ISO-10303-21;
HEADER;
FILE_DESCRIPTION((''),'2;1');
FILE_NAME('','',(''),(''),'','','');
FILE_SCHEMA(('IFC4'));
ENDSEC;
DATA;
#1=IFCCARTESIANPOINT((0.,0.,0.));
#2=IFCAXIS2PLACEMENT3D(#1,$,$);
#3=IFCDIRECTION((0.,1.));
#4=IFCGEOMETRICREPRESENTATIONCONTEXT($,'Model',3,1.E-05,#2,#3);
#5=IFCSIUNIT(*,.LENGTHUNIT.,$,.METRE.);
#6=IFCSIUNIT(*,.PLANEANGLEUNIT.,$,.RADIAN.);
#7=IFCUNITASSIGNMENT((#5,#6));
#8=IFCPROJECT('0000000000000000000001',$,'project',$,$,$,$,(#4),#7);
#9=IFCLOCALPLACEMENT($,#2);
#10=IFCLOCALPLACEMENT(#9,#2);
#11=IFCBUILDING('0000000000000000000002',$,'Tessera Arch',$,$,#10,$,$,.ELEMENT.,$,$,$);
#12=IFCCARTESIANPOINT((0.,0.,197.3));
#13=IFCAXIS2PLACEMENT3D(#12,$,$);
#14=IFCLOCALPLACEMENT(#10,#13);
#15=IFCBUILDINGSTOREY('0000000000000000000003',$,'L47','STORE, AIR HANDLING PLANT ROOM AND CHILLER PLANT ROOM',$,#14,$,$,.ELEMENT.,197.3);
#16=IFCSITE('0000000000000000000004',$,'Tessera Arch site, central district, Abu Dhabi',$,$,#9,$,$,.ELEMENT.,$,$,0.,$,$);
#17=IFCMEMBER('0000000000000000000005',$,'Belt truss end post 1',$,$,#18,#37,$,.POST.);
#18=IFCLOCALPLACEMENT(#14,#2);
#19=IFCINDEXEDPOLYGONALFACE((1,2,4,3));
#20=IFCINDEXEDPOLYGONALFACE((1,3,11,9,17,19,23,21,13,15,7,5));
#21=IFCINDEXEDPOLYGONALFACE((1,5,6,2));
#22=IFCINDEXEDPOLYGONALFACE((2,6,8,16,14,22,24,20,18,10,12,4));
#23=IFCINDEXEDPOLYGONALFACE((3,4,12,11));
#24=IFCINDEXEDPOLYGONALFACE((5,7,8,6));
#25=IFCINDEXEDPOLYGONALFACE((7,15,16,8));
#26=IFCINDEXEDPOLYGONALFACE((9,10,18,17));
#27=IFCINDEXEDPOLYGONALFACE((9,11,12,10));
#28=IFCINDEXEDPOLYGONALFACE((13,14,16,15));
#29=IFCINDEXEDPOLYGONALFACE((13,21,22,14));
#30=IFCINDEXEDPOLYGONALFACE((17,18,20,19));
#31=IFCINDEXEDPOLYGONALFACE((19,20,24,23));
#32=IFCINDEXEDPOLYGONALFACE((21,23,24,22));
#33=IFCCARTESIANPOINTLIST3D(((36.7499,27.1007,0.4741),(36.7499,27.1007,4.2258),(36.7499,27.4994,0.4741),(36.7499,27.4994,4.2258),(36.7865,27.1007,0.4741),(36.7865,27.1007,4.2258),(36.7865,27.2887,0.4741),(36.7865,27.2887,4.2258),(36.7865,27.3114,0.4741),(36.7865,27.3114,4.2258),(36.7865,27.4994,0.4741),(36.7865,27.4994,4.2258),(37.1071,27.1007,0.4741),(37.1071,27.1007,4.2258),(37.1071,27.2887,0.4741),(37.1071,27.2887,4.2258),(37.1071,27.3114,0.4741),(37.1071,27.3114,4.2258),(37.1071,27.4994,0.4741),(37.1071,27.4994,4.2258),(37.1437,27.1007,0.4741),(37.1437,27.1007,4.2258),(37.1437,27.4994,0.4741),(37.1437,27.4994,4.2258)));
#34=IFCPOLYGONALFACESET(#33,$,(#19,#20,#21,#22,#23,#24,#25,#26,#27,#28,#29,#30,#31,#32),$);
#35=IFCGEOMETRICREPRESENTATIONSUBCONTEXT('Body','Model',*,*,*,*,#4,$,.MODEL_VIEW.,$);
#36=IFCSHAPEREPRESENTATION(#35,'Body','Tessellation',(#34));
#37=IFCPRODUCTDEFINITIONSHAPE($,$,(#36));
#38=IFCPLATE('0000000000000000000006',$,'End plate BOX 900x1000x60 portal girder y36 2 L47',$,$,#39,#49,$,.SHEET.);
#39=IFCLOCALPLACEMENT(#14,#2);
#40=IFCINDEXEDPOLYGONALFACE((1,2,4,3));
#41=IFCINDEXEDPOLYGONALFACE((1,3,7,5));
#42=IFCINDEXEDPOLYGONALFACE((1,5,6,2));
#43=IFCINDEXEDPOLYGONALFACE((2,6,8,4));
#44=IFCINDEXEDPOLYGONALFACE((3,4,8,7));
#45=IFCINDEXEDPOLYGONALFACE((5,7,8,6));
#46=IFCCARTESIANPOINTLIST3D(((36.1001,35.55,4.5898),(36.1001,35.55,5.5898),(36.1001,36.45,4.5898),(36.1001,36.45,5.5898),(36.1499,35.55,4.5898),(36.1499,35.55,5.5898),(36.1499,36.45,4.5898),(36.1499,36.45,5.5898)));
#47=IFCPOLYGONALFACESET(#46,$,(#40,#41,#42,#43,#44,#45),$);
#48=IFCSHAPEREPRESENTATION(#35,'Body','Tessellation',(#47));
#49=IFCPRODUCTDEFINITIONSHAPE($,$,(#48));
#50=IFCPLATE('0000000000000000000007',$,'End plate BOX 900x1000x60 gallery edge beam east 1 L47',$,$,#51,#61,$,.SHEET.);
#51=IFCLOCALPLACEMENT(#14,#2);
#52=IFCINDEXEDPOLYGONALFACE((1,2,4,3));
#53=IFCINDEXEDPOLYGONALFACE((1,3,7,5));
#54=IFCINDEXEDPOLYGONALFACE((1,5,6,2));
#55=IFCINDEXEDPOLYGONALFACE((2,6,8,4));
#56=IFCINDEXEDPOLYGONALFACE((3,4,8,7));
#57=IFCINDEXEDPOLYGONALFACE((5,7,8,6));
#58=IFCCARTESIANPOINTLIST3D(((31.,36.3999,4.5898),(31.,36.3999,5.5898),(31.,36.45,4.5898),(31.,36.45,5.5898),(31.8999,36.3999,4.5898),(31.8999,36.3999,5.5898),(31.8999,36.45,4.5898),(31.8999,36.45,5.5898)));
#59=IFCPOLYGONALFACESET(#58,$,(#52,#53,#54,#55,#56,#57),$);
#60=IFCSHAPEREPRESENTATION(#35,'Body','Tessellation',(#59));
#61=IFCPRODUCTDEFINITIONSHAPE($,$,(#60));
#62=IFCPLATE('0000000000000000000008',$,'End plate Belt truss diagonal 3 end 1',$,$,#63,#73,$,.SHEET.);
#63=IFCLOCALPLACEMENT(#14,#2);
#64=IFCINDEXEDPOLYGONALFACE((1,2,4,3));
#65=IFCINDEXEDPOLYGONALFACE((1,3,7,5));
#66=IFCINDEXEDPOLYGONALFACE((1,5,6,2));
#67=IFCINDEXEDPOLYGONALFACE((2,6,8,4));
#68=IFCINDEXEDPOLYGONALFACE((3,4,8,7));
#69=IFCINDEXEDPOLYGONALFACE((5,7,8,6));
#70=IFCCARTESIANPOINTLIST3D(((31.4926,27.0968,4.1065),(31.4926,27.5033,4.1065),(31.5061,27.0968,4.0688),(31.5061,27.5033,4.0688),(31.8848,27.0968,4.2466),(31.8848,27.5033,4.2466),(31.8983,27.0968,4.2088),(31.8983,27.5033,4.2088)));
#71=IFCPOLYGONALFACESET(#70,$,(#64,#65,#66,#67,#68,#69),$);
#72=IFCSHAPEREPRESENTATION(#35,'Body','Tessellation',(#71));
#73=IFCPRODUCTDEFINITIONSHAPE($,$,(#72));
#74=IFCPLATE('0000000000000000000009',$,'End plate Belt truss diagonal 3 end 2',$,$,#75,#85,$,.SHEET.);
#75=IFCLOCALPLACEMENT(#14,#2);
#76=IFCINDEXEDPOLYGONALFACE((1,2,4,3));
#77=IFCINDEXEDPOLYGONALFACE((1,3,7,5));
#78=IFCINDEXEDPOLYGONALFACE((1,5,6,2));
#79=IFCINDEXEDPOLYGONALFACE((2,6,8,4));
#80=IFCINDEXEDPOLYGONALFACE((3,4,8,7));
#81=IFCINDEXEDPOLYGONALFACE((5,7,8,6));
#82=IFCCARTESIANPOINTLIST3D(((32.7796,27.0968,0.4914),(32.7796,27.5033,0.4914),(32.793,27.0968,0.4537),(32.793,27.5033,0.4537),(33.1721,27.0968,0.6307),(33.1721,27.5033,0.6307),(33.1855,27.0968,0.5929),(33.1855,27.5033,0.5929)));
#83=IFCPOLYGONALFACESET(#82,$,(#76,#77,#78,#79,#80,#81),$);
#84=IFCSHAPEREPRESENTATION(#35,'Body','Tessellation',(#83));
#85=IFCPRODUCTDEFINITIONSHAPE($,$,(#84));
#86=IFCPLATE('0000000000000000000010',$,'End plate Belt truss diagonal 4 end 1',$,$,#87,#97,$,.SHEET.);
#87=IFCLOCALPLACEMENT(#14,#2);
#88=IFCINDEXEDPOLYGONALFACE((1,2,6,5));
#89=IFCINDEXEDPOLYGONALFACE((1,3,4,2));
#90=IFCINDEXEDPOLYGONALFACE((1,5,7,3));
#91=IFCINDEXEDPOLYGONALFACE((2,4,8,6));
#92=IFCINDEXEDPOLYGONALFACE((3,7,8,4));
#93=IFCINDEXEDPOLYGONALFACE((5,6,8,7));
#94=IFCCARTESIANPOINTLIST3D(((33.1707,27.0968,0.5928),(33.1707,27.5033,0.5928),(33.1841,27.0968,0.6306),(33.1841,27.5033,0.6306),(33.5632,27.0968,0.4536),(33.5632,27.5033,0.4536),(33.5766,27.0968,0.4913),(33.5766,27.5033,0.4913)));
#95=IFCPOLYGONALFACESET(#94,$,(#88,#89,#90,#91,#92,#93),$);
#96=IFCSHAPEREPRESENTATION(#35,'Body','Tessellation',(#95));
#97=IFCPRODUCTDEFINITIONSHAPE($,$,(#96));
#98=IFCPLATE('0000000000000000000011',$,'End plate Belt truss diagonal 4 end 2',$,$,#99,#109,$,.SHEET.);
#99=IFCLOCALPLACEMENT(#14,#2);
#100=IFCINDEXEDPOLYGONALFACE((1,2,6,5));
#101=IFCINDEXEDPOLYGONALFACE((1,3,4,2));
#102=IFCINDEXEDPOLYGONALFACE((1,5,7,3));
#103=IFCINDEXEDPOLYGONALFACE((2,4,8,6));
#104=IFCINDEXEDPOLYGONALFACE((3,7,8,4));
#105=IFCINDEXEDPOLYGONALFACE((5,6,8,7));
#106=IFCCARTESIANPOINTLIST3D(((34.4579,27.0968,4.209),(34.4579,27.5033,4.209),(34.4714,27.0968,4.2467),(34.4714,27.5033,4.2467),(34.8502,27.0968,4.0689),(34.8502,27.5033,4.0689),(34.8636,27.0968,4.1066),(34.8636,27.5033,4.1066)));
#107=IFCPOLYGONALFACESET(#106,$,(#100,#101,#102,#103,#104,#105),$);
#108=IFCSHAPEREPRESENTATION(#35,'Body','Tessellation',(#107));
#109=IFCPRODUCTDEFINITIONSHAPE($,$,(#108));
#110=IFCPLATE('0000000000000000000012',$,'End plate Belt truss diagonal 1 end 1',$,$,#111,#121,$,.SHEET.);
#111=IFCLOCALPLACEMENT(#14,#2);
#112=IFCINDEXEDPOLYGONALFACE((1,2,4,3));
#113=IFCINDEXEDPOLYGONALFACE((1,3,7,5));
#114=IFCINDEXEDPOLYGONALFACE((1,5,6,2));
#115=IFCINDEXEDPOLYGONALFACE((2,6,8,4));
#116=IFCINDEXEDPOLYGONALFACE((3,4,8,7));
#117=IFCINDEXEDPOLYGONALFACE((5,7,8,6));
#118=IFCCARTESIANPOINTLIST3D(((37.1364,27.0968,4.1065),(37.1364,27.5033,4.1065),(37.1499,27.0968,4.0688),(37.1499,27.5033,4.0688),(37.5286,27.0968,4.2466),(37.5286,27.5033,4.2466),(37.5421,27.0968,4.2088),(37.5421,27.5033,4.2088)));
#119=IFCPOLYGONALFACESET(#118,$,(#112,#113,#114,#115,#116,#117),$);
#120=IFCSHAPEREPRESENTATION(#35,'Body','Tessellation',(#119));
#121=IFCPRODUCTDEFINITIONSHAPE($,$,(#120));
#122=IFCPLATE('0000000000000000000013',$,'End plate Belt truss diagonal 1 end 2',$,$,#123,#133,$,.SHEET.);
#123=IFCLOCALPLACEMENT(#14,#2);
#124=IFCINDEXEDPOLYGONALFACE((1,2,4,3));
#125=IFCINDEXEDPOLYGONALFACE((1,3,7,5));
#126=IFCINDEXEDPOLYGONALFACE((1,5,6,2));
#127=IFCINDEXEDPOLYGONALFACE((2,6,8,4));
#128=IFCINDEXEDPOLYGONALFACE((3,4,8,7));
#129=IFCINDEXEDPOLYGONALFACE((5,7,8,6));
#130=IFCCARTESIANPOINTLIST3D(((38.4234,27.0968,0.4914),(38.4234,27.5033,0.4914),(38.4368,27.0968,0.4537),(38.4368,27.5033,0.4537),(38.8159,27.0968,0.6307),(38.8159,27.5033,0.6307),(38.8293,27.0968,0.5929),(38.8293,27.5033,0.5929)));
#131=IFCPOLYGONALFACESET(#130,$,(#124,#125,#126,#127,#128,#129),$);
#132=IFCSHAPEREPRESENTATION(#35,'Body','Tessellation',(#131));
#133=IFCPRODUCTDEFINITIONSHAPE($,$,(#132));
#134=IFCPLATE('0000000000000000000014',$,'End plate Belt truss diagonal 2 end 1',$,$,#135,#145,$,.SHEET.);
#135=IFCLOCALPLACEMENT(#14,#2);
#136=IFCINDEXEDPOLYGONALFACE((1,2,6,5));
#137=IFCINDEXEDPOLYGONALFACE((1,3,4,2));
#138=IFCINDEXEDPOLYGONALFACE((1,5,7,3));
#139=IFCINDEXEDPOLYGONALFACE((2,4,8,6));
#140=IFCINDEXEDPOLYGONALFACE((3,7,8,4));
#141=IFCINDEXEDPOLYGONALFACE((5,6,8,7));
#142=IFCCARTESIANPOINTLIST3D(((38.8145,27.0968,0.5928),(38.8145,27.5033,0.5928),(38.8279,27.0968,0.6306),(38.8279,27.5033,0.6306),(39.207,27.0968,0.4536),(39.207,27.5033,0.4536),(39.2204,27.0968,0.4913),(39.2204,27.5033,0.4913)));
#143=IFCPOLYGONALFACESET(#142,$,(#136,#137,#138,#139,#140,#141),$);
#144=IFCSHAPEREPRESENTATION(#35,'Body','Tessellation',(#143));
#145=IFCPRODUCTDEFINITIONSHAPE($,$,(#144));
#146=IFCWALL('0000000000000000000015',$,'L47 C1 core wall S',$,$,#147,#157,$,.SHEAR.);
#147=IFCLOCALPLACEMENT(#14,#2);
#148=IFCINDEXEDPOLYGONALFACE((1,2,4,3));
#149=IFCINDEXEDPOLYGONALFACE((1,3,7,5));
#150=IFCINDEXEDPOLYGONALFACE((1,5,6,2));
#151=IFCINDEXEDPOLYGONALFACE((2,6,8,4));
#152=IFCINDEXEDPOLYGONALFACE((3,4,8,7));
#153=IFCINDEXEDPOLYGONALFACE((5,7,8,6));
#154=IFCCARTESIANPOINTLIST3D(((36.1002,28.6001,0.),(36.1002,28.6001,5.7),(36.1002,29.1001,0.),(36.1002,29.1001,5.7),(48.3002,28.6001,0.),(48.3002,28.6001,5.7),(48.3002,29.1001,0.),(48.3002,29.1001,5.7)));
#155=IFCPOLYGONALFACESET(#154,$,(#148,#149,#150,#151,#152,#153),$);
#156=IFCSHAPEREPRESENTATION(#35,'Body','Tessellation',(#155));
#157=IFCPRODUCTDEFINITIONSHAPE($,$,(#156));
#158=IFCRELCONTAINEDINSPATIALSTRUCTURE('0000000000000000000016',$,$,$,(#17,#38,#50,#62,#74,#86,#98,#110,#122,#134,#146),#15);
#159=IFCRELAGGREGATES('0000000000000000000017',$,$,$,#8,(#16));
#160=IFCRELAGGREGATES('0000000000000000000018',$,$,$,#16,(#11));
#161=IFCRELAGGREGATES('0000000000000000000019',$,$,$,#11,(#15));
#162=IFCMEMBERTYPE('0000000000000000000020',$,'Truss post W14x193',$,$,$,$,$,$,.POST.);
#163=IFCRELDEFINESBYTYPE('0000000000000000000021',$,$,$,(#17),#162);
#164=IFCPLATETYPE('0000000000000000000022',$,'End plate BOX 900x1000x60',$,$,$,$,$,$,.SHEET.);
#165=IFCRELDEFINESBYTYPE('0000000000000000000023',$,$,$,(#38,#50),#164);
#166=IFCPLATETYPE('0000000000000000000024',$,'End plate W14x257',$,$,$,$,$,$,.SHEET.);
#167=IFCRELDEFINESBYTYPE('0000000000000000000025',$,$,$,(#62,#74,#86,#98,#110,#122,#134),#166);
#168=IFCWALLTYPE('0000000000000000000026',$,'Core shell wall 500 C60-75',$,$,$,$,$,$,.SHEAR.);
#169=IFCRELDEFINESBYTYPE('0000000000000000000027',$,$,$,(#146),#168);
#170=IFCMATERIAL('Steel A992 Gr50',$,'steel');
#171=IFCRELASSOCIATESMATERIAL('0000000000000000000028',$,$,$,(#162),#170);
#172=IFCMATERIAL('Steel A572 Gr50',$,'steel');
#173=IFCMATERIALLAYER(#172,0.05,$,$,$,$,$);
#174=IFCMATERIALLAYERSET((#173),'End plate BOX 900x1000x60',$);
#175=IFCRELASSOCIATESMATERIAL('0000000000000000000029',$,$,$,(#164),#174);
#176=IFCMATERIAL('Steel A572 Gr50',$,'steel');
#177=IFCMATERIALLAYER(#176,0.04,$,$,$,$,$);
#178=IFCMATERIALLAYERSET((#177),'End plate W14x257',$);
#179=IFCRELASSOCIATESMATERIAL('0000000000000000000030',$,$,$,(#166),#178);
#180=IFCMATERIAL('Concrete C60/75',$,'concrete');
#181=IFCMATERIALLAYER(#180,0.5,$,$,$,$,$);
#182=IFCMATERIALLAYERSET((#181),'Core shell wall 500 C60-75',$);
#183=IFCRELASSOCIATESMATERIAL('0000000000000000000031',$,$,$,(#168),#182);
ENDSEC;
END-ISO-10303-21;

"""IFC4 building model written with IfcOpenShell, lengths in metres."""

from ifc_helpers import new_model, si_unit, direction, frame, frame_2d, origin, origin_2d, place, context, subcontext, project, spatial, rectangle, i_section, extrude, material, layer, layer_set, material_profile, profile_set, type_object, element, save


model = new_model("IFC4")

# Units and contexts
model_context = context("Model", 3, precision=1e-05, world=origin(), true_north=direction((0.0, 1.0)))
body_context = subcontext(model_context, "Body", "Model", "MODEL_VIEW")
ifc_project = project(units=[si_unit("LENGTHUNIT", "METRE"), si_unit("PLANEANGLEUNIT", "RADIAN")], contexts=[model_context])

# Site, building, storey
site_placement = place(None, origin())
site = spatial("IfcSite", under=ifc_project, at=site_placement, Name="Tessera Arch site, central district, Abu Dhabi", CompositionType="ELEMENT", RefElevation=0.0)
building_placement = place(site_placement, origin())
building = spatial("IfcBuilding", under=site, at=building_placement, Name="Tessera Arch", CompositionType="ELEMENT")
storey_placement = place(building_placement, frame((0.0, 0.0, 197.3)))
storey = spatial("IfcBuildingStorey", under=building, at=storey_placement, Name="L47", Description="STORE, AIR HANDLING PLANT ROOM AND CHILLER PLANT ROOM", CompositionType="ELEMENT", Elevation=197.3)

# Member
ifc_material_1 = material(Name="Steel A992 Gr50", Category="steel")
ifc_material_profile_1 = material_profile(ifc_material_1, i_section(OverallWidth=0.3987, OverallDepth=0.3938, WebThickness=0.0227, FlangeThickness=0.0366, at=origin_2d()), Name="W14x193")
ifc_profile_set_1 = profile_set([ifc_material_profile_1], Name="Steel A992 Gr50")
member_type_1 = type_object("IfcMemberType", Name="Truss post W14x193", PredefinedType="POST", material=ifc_profile_set_1)
for number, where, z_axis, x_axis, name in (
    (1, (36.9468, 27.3, 0.4741), (0.0, 0.0, 1.0), (0.0, 1.0, 0.0), "Belt truss end post 1"),
):
    element("IfcMember", number, at=place(storey_placement, frame(where, z_axis=z_axis, x_axis=x_axis)), inside=storey, type_object=member_type_1, Name=name, PredefinedType="POST", context=body_context, shape_type="SweptSolid", body=[
        extrude(i_section(OverallWidth=0.3987, OverallDepth=0.3938, WebThickness=0.0227, FlangeThickness=0.0366, at=origin_2d()), origin(), (0.0, 0.0, 1.0), 3.7517),
    ])

# Plates
ifc_material_2 = material(Name="Steel A572 Gr50", Category="steel")
ifc_layer_1 = layer(ifc_material_2, 0.05)
ifc_layer_set_1 = layer_set([ifc_layer_1], Name="End plate BOX 900x1000x60")
plate_type_1 = type_object("IfcPlateType", Name="End plate BOX 900x1000x60", PredefinedType="SHEET", material=ifc_layer_set_1)
plate_1_placement = place(storey_placement, frame((36.1001, 36.0, 5.0898), z_axis=(1.0, 0.0, 0.0), x_axis=(0.0, 1.0, 0.0)))
element("IfcPlate", 2, at=plate_1_placement, inside=storey, type_object=plate_type_1, Name="End plate BOX 900x1000x60 portal girder y36 2 L47", PredefinedType="SHEET", context=body_context, shape_type="SweptSolid", body=[
    extrude(rectangle(XDim=0.8999, YDim=1.0, at=origin_2d()), origin(), (0.0, 0.0, 1.0), 0.0498),
])
plate_2_placement = place(storey_placement, frame((31.45, 36.3999, 5.0898), z_axis=(0.0, 1.0, 0.0), x_axis=(-1.0, 0.0, 0.0)))
element("IfcPlate", 3, at=plate_2_placement, inside=storey, type_object=plate_type_1, Name="End plate BOX 900x1000x60 gallery edge beam east 1 L47", PredefinedType="SHEET", context=body_context, shape_type="SweptSolid", body=[
    extrude(rectangle(XDim=0.8999, YDim=1.0, at=origin_2d()), origin(), (0.0, 0.0, 1.0), 0.05),
])
ifc_material_3 = material(Name="Steel A572 Gr50", Category="steel")
ifc_layer_2 = layer(ifc_material_3, 0.04)
ifc_layer_set_2 = layer_set([ifc_layer_2], Name="End plate W14x257")
plate_type_2 = type_object("IfcPlateType", Name="End plate W14x257", PredefinedType="SHEET", material=ifc_layer_set_2)
for number, where, z_axis, x_axis, name in (
    (4, (31.6887, 27.3, 4.1765), (0.336336, 0.0, -0.941742), (0.0, 1.0, 0.0), "End plate Belt truss diagonal 3 end 1"),
    (5, (32.9758, 27.3, 0.561), (0.33441, 0.0, -0.942428), (0.0, 1.0, 0.0), "End plate Belt truss diagonal 3 end 2"),
    (6, (33.3669, 27.3, 0.5232), (0.33441, 0.0, 0.942428), (0.0, 1.0, 0.0), "End plate Belt truss diagonal 4 end 1"),
    (7, (34.6541, 27.3, 4.1389), (0.336336, 0.0, 0.941742), (0.0, 1.0, 0.0), "End plate Belt truss diagonal 4 end 2"),
    (8, (37.3325, 27.3, 4.1765), (0.336336, 0.0, -0.941742), (0.0, 1.0, 0.0), "End plate Belt truss diagonal 1 end 1"),
    (9, (38.6196, 27.3, 0.561), (0.33441, 0.0, -0.942428), (0.0, 1.0, 0.0), "End plate Belt truss diagonal 1 end 2"),
    (10, (39.0107, 27.3, 0.5232), (0.33441, 0.0, 0.942428), (0.0, 1.0, 0.0), "End plate Belt truss diagonal 2 end 1"),
):
    element("IfcPlate", number, at=place(storey_placement, frame(where, z_axis=z_axis, x_axis=x_axis)), inside=storey, type_object=plate_type_2, Name=name, PredefinedType="SHEET", context=body_context, shape_type="SweptSolid", body=[
        extrude(rectangle(XDim=0.4065, YDim=0.4165, at=origin_2d()), origin(), (0.0, 0.0, 1.0), 0.04),
    ])

# Wall
ifc_material_4 = material(Name="Concrete C60/75", Category="concrete")
ifc_layer_3 = layer(ifc_material_4, 0.5)
ifc_layer_set_3 = layer_set([ifc_layer_3], Name="Core shell wall 500 C60-75")
wall_type_1 = type_object("IfcWallType", Name="Core shell wall 500 C60-75", PredefinedType="SHEAR", material=ifc_layer_set_3)
wall_1_placement = place(storey_placement, frame((36.1001, 28.8501, 0.0), z_axis=(0.0, 0.0, 1.0), x_axis=(1.0, 0.0, 0.0)))
element("IfcWall", 11, at=wall_1_placement, inside=storey, type_object=wall_type_1, Name="L47 C1 core wall S", PredefinedType="SHEAR", context=body_context, shape_type="SweptSolid", body=[
    extrude(rectangle(XDim=12.2, YDim=0.5, at=frame_2d((6.1001, 0.0))), origin(), (0.0, 0.0, 1.0), 5.7),
])

save(model, "model.ifc")
